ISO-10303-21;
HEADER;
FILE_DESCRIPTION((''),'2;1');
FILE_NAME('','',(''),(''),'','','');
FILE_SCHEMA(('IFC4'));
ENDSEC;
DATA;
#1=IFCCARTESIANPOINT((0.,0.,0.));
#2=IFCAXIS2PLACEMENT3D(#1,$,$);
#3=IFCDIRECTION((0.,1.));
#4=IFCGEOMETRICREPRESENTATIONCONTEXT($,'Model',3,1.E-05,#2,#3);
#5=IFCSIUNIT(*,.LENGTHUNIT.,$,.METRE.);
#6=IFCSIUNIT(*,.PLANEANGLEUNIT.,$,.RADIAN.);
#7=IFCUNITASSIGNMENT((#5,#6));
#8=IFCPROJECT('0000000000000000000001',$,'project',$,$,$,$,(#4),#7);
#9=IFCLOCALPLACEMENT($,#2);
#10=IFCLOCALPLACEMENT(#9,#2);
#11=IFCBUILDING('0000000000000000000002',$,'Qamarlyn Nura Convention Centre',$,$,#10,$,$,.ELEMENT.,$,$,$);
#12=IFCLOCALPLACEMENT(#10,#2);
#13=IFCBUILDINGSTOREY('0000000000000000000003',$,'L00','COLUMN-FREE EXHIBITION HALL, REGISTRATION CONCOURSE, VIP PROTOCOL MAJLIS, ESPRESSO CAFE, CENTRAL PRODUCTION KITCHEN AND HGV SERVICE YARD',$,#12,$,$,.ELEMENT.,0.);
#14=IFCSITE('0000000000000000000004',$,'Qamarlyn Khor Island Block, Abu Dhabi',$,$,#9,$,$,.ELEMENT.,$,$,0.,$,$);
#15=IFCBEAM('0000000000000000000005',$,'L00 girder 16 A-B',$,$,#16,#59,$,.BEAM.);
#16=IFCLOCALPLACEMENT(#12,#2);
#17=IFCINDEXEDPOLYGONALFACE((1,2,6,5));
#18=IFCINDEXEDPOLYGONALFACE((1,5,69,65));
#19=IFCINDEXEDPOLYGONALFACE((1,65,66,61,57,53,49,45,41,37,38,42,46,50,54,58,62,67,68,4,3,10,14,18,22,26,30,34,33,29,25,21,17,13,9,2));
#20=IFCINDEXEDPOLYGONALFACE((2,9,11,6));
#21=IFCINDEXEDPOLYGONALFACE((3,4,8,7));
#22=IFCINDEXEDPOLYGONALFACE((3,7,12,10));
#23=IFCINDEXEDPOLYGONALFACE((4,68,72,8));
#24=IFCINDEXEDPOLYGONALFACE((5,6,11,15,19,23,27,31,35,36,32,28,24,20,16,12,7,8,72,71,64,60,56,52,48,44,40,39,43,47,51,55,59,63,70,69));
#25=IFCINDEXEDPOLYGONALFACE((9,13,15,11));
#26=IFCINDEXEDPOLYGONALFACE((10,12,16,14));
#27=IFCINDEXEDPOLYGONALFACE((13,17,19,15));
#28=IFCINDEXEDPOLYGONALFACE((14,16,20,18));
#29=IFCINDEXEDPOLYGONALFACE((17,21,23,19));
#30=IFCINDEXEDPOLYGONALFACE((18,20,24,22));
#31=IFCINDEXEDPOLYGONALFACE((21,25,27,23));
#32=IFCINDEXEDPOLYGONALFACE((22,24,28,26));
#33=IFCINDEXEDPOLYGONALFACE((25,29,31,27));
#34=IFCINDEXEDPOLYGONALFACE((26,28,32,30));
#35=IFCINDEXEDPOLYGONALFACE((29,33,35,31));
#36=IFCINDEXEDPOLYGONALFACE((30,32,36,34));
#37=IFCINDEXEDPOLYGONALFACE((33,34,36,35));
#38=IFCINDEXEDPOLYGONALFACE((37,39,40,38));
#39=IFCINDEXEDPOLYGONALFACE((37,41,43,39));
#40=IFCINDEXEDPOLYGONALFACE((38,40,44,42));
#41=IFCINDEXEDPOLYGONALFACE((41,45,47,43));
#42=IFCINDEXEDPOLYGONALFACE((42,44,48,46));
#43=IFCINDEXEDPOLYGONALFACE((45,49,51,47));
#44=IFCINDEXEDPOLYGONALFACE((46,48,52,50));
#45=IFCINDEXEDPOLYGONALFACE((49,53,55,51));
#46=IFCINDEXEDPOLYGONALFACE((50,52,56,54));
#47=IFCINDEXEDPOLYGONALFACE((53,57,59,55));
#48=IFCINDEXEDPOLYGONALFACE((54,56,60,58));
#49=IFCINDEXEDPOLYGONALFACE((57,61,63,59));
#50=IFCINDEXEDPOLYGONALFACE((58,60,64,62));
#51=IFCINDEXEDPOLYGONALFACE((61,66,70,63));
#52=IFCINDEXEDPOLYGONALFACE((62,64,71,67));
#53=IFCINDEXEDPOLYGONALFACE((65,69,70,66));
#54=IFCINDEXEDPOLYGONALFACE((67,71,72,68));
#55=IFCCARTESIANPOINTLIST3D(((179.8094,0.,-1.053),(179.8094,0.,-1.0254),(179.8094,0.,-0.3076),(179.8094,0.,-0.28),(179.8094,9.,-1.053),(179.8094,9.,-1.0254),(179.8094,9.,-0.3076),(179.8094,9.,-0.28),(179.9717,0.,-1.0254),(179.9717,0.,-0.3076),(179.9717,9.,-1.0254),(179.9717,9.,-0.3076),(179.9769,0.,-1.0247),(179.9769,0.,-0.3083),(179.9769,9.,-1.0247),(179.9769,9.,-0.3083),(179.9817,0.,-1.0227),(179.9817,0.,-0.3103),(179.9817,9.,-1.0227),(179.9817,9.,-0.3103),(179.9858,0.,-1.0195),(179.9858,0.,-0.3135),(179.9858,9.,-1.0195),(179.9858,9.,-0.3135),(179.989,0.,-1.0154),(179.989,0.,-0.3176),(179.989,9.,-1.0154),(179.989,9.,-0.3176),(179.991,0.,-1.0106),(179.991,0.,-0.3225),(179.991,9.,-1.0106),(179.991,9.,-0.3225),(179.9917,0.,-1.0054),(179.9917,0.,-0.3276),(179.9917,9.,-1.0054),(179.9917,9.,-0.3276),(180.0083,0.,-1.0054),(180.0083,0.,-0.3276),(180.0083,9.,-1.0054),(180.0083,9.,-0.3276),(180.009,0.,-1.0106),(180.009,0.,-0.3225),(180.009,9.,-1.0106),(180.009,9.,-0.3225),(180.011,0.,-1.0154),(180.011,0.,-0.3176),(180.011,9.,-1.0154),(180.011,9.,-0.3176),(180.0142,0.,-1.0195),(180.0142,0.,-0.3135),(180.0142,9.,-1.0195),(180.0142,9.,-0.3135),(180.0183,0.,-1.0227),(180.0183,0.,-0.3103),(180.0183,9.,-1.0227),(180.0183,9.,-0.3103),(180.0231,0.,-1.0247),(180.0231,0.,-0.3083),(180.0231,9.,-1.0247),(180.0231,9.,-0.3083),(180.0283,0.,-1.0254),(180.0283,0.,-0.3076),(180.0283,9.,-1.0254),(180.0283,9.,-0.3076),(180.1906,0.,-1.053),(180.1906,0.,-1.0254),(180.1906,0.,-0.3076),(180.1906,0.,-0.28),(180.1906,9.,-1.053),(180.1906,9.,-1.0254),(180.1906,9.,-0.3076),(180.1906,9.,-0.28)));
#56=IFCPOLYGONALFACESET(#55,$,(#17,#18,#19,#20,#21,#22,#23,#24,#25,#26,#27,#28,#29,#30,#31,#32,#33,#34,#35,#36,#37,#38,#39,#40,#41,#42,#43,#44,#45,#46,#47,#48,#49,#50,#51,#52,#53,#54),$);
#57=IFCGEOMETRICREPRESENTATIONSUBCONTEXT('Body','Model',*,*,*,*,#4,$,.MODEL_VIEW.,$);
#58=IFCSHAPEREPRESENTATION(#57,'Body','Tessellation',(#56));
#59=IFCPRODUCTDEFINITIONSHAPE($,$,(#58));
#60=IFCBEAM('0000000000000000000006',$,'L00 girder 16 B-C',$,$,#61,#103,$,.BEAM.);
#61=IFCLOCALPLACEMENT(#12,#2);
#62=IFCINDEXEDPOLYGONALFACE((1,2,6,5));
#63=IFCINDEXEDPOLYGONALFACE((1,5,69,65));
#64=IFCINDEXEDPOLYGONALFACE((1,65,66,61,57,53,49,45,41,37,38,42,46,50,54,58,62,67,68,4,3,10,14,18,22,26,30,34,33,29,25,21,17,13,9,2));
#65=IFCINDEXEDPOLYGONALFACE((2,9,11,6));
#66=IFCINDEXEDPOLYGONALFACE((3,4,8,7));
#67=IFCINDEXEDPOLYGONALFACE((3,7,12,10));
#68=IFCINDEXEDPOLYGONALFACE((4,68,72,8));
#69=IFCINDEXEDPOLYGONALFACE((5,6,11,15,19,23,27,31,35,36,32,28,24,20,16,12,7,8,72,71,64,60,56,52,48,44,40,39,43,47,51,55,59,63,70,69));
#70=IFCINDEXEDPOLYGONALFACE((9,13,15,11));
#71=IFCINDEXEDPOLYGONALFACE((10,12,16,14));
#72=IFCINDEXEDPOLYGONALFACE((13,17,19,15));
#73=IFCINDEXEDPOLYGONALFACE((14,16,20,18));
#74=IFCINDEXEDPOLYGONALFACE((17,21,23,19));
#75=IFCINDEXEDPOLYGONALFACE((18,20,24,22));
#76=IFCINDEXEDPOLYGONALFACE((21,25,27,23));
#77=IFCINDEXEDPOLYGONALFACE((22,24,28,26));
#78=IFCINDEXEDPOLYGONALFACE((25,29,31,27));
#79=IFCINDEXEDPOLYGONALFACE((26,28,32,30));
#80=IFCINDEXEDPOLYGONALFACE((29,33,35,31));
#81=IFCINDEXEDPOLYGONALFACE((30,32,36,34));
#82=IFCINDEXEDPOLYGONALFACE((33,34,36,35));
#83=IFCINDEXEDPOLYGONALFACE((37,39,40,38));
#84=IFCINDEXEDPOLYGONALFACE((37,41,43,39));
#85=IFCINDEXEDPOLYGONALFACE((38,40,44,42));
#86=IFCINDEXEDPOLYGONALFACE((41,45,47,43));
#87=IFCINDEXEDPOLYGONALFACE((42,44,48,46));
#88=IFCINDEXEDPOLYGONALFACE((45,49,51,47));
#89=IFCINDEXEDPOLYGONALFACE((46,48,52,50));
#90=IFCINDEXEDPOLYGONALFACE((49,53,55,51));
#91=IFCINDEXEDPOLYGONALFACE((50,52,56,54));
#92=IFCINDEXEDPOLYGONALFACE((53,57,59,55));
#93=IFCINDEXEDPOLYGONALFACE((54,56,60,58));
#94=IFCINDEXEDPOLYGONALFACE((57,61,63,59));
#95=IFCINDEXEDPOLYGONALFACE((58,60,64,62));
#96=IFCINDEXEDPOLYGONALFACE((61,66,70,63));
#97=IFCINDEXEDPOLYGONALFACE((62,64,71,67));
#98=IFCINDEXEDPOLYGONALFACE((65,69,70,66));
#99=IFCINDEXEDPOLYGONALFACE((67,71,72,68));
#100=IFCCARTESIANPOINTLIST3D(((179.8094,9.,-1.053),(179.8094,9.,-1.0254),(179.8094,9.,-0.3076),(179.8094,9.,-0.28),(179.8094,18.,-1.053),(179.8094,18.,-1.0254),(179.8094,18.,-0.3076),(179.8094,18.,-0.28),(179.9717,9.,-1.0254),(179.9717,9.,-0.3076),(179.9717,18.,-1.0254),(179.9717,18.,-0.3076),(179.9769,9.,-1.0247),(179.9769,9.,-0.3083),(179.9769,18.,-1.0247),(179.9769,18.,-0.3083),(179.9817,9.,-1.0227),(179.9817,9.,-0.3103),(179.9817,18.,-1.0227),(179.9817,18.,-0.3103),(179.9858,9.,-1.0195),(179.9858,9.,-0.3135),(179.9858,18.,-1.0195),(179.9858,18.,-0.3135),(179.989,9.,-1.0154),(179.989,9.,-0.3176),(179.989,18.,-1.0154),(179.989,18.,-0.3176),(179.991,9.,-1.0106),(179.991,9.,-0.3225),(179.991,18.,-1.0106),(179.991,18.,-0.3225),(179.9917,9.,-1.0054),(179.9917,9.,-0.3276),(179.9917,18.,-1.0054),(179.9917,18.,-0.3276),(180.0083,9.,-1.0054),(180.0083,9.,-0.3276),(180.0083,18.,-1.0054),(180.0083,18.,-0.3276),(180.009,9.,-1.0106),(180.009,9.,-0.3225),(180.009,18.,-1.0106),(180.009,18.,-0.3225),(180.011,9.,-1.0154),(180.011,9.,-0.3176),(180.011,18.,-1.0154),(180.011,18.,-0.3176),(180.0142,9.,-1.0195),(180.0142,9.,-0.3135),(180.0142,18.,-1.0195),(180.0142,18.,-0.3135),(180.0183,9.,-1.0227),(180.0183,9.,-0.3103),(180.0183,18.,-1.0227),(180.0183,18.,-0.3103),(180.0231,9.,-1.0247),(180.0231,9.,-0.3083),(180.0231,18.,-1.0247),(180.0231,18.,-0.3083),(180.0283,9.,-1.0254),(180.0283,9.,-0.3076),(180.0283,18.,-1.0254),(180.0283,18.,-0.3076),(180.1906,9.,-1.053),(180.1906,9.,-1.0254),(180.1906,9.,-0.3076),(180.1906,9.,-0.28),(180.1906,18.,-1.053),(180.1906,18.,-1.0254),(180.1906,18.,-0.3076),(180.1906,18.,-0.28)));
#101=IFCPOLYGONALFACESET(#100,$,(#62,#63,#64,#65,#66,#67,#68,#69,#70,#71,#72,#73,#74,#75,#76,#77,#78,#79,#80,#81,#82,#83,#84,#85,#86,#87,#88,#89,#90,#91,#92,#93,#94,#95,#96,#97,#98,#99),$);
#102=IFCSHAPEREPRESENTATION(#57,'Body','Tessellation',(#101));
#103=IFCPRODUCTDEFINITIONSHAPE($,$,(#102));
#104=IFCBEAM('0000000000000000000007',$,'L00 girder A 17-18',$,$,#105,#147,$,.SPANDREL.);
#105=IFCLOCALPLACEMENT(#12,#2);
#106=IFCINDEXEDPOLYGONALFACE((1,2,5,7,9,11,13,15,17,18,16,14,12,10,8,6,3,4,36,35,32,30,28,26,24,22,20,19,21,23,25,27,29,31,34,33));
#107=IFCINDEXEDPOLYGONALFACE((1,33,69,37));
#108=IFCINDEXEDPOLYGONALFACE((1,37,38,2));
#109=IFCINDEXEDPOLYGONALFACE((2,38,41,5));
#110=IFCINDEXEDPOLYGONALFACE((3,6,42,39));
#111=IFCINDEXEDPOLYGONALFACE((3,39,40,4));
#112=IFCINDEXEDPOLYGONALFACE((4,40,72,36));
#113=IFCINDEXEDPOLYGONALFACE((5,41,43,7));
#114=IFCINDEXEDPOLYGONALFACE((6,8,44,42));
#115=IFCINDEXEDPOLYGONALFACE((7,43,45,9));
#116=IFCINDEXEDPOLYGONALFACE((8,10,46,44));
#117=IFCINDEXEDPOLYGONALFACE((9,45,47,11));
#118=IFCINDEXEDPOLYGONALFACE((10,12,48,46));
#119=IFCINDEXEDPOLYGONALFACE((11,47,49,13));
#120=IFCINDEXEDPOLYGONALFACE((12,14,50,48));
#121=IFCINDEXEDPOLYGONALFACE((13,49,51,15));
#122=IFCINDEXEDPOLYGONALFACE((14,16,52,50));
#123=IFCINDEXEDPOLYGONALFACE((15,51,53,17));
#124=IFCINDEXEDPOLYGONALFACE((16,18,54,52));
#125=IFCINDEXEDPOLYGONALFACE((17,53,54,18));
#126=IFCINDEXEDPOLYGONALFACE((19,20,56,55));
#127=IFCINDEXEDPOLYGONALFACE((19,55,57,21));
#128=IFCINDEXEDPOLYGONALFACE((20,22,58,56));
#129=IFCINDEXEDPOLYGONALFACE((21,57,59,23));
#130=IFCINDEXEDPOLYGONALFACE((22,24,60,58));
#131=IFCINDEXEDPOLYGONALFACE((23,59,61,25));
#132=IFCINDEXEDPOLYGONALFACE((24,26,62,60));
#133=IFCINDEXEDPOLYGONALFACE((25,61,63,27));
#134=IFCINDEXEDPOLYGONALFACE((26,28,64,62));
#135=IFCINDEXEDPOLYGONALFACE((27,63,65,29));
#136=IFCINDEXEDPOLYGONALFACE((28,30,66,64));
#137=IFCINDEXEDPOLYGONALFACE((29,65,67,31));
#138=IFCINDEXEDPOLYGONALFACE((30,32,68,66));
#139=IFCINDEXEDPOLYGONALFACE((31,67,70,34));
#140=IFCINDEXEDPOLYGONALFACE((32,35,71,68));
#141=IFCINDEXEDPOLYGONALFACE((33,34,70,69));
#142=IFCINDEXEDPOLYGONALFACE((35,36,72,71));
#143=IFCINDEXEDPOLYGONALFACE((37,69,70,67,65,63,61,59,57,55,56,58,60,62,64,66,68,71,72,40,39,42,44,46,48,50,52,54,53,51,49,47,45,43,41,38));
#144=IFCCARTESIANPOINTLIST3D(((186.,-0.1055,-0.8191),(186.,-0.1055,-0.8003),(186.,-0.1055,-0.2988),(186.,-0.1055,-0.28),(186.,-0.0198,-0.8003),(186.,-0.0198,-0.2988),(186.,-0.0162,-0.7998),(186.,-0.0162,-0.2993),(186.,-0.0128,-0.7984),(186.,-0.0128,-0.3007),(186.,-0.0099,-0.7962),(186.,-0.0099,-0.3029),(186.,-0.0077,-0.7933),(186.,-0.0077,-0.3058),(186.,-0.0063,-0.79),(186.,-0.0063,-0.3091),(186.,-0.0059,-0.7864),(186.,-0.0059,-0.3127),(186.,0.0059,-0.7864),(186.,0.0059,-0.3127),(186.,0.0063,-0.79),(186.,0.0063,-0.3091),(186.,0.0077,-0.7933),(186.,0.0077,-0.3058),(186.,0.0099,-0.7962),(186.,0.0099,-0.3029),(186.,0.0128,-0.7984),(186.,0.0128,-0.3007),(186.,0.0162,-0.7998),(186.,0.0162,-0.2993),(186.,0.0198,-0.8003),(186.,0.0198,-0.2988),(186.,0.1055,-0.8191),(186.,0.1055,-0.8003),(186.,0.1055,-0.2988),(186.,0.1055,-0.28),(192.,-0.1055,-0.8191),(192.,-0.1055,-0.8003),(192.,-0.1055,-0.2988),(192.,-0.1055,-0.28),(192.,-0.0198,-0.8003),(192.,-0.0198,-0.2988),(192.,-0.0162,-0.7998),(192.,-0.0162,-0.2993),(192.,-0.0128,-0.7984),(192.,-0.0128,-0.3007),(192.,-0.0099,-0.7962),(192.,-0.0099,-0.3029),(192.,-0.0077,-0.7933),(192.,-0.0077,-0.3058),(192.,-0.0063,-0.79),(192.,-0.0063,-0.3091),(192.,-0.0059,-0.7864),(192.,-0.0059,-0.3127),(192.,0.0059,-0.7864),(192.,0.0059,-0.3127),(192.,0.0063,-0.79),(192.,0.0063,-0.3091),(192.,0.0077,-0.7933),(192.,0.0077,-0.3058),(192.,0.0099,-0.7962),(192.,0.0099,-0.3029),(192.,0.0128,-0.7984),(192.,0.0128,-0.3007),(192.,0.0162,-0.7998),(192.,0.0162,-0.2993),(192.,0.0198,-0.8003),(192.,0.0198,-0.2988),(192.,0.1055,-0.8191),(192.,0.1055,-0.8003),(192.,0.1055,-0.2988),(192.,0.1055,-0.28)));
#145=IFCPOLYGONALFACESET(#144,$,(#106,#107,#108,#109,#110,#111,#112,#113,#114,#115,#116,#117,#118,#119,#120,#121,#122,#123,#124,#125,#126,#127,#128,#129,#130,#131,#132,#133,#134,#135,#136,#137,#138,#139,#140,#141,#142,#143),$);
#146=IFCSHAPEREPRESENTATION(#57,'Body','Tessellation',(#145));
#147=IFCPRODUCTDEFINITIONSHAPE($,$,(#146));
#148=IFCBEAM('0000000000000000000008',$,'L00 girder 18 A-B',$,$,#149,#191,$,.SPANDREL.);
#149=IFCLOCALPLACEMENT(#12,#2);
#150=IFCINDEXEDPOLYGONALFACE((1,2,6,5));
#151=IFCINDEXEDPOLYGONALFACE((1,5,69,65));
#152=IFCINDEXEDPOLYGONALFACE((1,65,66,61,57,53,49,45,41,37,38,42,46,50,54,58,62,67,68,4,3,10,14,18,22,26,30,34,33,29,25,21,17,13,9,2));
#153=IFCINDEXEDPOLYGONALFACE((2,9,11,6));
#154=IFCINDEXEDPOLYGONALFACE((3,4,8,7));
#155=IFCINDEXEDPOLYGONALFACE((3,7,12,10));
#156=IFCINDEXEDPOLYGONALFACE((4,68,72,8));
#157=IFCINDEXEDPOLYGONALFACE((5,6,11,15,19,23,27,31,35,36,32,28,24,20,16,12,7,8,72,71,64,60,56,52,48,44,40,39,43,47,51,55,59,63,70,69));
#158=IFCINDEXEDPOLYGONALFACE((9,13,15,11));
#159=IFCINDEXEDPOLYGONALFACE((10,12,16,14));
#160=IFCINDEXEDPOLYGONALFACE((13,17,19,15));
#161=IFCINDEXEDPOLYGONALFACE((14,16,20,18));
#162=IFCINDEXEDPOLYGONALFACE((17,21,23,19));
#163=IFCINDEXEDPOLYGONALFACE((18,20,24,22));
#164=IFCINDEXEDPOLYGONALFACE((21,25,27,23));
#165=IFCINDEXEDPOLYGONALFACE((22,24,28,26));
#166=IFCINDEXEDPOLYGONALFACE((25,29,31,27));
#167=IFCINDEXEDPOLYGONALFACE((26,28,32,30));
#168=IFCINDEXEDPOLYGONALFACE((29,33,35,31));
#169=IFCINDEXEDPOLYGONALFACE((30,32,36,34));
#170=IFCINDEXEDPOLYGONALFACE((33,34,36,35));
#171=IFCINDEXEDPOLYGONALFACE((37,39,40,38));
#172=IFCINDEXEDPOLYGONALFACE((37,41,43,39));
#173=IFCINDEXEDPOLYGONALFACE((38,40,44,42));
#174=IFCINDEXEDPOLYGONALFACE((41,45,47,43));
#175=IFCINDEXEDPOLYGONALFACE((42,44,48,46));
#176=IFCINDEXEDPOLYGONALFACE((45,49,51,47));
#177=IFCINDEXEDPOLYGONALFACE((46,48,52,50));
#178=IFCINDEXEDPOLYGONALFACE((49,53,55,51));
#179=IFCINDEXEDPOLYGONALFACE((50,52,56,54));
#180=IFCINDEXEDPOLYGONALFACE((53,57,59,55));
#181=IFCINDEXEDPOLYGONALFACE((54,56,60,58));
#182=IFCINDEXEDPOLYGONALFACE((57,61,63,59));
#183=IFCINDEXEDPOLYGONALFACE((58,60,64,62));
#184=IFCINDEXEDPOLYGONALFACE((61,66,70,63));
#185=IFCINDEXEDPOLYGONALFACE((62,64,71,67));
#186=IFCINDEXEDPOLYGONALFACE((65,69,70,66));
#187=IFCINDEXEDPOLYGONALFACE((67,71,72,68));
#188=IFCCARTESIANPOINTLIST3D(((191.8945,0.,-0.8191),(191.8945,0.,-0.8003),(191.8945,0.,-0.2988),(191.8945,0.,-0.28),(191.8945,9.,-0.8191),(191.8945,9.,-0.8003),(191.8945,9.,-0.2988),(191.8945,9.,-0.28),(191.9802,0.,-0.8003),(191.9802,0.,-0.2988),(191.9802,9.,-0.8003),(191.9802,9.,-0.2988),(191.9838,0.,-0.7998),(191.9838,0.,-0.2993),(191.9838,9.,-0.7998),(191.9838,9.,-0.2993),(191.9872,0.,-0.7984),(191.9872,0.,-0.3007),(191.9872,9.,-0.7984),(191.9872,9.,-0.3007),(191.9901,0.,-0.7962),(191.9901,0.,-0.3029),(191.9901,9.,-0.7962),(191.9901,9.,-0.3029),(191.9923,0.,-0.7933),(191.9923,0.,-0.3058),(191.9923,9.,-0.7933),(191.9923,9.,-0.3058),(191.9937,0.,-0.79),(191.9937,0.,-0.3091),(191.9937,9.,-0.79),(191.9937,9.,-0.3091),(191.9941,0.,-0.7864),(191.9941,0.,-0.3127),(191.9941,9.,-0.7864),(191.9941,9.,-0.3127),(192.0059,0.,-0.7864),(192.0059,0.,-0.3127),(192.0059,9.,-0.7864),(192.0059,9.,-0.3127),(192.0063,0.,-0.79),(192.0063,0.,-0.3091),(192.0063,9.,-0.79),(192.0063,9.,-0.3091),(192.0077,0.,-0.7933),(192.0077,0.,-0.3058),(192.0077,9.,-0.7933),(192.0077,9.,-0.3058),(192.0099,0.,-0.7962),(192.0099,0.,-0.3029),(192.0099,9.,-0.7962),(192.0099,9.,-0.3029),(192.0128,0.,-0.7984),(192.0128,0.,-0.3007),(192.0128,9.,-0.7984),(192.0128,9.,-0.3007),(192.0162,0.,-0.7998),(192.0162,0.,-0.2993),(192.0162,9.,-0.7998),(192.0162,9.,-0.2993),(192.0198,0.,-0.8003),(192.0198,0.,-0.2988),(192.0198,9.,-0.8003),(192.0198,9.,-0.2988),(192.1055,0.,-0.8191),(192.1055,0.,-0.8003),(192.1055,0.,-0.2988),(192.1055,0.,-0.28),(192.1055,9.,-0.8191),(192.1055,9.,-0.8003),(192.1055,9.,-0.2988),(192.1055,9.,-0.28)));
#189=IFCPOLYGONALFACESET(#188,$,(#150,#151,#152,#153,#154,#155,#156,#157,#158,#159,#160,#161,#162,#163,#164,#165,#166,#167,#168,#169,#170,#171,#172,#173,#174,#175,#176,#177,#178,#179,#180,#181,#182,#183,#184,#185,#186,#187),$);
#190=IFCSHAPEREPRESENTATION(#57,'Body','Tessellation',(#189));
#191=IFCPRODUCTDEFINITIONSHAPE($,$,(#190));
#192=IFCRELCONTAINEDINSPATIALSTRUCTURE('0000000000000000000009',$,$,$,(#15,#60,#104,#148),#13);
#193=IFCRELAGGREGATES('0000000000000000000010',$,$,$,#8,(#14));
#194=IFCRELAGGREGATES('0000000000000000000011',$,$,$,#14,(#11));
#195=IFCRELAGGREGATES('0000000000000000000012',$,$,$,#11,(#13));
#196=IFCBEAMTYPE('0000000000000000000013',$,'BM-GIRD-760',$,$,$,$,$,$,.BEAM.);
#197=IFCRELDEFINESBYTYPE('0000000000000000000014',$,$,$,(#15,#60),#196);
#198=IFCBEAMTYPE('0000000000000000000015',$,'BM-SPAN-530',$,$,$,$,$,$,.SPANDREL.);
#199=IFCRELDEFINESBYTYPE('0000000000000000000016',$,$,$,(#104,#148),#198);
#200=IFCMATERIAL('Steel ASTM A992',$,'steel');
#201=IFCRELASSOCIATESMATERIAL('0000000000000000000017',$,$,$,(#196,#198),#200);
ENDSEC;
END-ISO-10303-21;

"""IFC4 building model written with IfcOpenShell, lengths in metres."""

from ifc_helpers import new_model, si_unit, direction, frame, origin, origin_2d, place, context, subcontext, project, spatial, i_section, extrude, material, material_profile, profile_set, type_object, element, save


model = new_model("IFC4")

# Units and contexts
model_context = context("Model", 3, precision=1e-05, world=origin(), true_north=direction((0.0, 1.0)))
body_context = subcontext(model_context, "Body", "Model", "MODEL_VIEW")
ifc_project = project(units=[si_unit("LENGTHUNIT", "METRE"), si_unit("PLANEANGLEUNIT", "RADIAN")], contexts=[model_context])

# Site, building, storey
site_placement = place(None, origin())
site = spatial("IfcSite", under=ifc_project, at=site_placement, Name="Qamarlyn Khor Island Block, Abu Dhabi", CompositionType="ELEMENT", RefElevation=0.0)
building_placement = place(site_placement, origin())
building = spatial("IfcBuilding", under=site, at=building_placement, Name="Qamarlyn Nura Convention Centre", CompositionType="ELEMENT")
storey_placement = place(building_placement, origin())
storey = spatial("IfcBuildingStorey", under=building, at=storey_placement, Name="L00", Description="COLUMN-FREE EXHIBITION HALL, REGISTRATION CONCOURSE, VIP PROTOCOL MAJLIS, ESPRESSO CAFE, CENTRAL PRODUCTION KITCHEN AND HGV SERVICE YARD", CompositionType="ELEMENT", Elevation=0.0)

# Shared definitions
ifc_material_1 = material(Name="Steel ASTM A992", Category="steel")

# Beams
ifc_material_profile_1 = material_profile(ifc_material_1, i_section(OverallWidth=0.3811, OverallDepth=0.7729, WebThickness=0.0166, FlangeThickness=0.0276, FilletRadius=0.02, at=origin_2d()), Name="W760X257")
ifc_profile_set_1 = profile_set([ifc_material_profile_1], Name="Steel ASTM A992")
beam_type_1 = type_object("IfcBeamType", Name="BM-GIRD-760", PredefinedType="BEAM", material=ifc_profile_set_1)
for number, where, z_axis, x_axis, name in (
    (1, (180.0, 0.0, -0.6665), (0.0, 1.0, 0.0), (-1.0, 0.0, 0.0), "L00 girder 16 A-B"),
    (2, (180.0, 9.0, -0.6665), (0.0, 1.0, 0.0), (-1.0, 0.0, 0.0), "L00 girder 16 B-C"),
):
    element("IfcBeam", number, at=place(storey_placement, frame(where, z_axis=z_axis, x_axis=x_axis)), inside=storey, type_object=beam_type_1, Name=name, PredefinedType="BEAM", context=body_context, shape_type="SweptSolid", body=[
        extrude(i_section(OverallWidth=0.3811, OverallDepth=0.7729, WebThickness=0.0166, FlangeThickness=0.0276, FilletRadius=0.02, at=origin_2d()), origin(), (0.0, 0.0, 1.0), 9.0),
    ])
ifc_material_profile_2 = material_profile(ifc_material_1, i_section(OverallWidth=0.2109, OverallDepth=0.5391, WebThickness=0.0117, FlangeThickness=0.0188, FilletRadius=0.0139, at=origin_2d()), Name="W530X109")
ifc_profile_set_2 = profile_set([ifc_material_profile_2], Name="Steel ASTM A992")
beam_type_2 = type_object("IfcBeamType", Name="BM-SPAN-530", PredefinedType="SPANDREL", material=ifc_profile_set_2)
beam_1_placement = place(storey_placement, frame((186.0, 0.0, -0.5496), z_axis=(1.0, 0.0, 0.0), x_axis=(0.0, 1.0, 0.0)))
element("IfcBeam", 3, at=beam_1_placement, inside=storey, type_object=beam_type_2, Name="L00 girder A 17-18", PredefinedType="SPANDREL", context=body_context, shape_type="SweptSolid", body=[
    extrude(i_section(OverallWidth=0.2109, OverallDepth=0.5391, WebThickness=0.0117, FlangeThickness=0.0188, FilletRadius=0.0139, at=origin_2d()), origin(), (0.0, 0.0, 1.0), 6.0),
])
beam_2_placement = place(storey_placement, frame((192.0, 0.0, -0.5496), z_axis=(0.0, 1.0, 0.0), x_axis=(-1.0, 0.0, 0.0)))
element("IfcBeam", 4, at=beam_2_placement, inside=storey, type_object=beam_type_2, Name="L00 girder 18 A-B", PredefinedType="SPANDREL", context=body_context, shape_type="SweptSolid", body=[
    extrude(i_section(OverallWidth=0.2109, OverallDepth=0.5391, WebThickness=0.0117, FlangeThickness=0.0188, FilletRadius=0.0139, at=origin_2d()), origin(), (0.0, 0.0, 1.0), 9.0),
])

save(model, "model.ifc")
